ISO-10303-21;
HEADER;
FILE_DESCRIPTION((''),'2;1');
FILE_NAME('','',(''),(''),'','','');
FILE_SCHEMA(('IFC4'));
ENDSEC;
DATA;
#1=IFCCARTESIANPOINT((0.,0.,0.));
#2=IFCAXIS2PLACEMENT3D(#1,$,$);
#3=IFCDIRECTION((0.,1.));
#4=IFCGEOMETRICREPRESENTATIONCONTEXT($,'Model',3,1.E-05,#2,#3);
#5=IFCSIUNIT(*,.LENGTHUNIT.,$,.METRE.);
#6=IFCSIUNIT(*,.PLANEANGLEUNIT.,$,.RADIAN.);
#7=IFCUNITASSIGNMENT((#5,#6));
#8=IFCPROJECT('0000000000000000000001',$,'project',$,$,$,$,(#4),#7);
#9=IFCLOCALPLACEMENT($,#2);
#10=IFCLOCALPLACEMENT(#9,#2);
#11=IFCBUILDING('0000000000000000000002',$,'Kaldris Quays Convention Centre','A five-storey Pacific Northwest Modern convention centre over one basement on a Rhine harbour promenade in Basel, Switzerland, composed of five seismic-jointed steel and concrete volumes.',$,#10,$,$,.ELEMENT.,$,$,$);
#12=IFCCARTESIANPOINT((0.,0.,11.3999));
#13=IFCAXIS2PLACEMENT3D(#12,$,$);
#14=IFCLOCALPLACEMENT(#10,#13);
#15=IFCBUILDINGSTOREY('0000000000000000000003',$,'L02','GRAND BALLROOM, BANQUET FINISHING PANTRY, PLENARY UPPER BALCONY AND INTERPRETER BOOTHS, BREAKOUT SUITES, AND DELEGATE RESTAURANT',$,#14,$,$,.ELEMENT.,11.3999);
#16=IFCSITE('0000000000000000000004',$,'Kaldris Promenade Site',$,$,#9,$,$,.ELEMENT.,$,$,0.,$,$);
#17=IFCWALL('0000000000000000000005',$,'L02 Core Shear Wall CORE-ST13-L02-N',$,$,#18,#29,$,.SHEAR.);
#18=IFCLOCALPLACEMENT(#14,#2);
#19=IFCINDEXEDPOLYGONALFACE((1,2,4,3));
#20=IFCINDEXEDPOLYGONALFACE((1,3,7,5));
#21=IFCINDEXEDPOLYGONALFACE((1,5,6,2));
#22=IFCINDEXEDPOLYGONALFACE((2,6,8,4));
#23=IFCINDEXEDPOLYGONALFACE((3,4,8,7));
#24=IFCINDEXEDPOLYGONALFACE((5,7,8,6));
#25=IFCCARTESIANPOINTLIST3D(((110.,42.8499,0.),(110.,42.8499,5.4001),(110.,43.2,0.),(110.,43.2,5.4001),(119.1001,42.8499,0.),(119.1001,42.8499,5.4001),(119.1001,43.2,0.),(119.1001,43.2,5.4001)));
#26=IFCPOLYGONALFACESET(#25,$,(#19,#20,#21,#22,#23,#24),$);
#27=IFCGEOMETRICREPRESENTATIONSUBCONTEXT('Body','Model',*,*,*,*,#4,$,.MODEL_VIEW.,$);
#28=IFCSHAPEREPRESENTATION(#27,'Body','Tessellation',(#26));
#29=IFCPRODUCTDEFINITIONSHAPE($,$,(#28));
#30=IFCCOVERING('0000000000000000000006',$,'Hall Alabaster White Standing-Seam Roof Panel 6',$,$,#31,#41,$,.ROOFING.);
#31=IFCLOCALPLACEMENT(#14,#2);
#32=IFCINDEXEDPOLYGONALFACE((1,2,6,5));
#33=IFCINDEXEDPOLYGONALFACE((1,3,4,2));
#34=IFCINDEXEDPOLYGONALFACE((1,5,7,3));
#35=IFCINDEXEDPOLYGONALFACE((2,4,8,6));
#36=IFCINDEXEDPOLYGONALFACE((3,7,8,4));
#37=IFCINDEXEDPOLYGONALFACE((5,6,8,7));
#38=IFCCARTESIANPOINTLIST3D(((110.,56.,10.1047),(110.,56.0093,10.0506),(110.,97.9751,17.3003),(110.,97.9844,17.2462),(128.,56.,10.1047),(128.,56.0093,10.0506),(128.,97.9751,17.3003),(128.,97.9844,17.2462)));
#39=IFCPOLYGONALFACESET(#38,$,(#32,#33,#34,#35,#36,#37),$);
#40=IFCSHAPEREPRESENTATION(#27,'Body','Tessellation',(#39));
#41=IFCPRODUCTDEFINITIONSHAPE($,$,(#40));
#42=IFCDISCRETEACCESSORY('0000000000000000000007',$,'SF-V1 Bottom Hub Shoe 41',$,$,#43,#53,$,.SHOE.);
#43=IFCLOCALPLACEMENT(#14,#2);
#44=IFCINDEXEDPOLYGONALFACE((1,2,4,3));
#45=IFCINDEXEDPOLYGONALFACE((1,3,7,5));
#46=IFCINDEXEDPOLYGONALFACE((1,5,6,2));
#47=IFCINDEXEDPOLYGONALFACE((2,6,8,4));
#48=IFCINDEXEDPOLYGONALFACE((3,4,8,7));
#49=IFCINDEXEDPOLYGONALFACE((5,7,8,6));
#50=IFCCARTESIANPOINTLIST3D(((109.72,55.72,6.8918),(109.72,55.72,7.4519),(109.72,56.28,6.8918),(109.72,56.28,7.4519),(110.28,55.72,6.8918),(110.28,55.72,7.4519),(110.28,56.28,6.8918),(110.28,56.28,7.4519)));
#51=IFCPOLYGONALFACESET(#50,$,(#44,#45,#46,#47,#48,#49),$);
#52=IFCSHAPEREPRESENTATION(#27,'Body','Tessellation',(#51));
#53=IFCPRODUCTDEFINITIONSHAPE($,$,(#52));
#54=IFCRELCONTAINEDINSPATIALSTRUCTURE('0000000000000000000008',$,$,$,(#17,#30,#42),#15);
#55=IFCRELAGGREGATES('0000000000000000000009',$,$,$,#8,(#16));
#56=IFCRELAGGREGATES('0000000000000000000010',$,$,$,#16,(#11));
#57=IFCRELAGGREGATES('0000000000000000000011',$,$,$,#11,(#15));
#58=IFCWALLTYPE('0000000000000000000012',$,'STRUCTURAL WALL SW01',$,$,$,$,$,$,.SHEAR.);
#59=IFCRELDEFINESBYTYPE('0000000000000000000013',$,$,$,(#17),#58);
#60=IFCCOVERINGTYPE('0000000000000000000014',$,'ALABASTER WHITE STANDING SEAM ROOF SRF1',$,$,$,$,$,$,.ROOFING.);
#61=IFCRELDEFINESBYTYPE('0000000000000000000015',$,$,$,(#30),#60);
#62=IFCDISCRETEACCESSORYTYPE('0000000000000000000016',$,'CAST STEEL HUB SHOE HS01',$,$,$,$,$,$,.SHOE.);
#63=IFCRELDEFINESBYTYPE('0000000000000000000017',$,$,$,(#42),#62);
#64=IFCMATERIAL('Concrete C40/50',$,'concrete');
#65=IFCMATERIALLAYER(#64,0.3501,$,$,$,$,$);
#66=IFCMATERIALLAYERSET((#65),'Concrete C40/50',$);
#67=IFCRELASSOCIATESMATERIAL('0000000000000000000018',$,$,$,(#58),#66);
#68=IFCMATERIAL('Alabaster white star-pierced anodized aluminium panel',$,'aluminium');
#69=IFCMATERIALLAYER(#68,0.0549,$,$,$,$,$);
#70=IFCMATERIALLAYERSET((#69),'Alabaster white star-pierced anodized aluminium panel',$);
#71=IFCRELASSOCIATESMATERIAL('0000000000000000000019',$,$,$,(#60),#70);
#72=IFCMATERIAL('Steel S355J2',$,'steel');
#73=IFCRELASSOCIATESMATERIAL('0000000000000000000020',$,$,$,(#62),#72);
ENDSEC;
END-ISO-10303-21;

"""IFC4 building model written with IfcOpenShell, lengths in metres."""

from ifc_helpers import new_model, si_unit, direction, frame, frame_2d, origin, origin_2d, place, context, subcontext, project, spatial, polyline, rectangle, outline, extrude, material, layer, layer_set, type_object, element, save


model = new_model("IFC4")

# Units and contexts
model_context = context("Model", 3, precision=1e-05, world=origin(), true_north=direction((0.0, 1.0)))
body_context = subcontext(model_context, "Body", "Model", "MODEL_VIEW")
ifc_project = project(units=[si_unit("LENGTHUNIT", "METRE"), si_unit("PLANEANGLEUNIT", "RADIAN")], contexts=[model_context])

# Site, building, storey
site_placement = place(None, origin())
site = spatial("IfcSite", under=ifc_project, at=site_placement, Name="Kaldris Promenade Site", CompositionType="ELEMENT", RefElevation=0.0)
building_placement = place(site_placement, origin())
building = spatial("IfcBuilding", under=site, at=building_placement, Name="Kaldris Quays Convention Centre", Description="A five-storey Pacific Northwest Modern convention centre over one basement on a Rhine harbour promenade in Basel, Switzerland, composed of five seismic-jointed steel and concrete volumes.", CompositionType="ELEMENT")
storey_placement = place(building_placement, frame((0.0, 0.0, 11.3999)))
storey = spatial("IfcBuildingStorey", under=building, at=storey_placement, Name="L02", Description="GRAND BALLROOM, BANQUET FINISHING PANTRY, PLENARY UPPER BALCONY AND INTERPRETER BOOTHS, BREAKOUT SUITES, AND DELEGATE RESTAURANT", CompositionType="ELEMENT", Elevation=11.3999)

# Shared definitions
ifc_material_1 = material(Name="Steel S355J2", Category="steel")

# Wall
ifc_material_2 = material(Name="Concrete C40/50", Category="concrete")
ifc_layer_1 = layer(ifc_material_2, 0.3501)
ifc_layer_set_1 = layer_set([ifc_layer_1], Name="Concrete C40/50")
wall_type_1 = type_object("IfcWallType", Name="STRUCTURAL WALL SW01", PredefinedType="SHEAR", material=ifc_layer_set_1)
wall_1_placement = place(storey_placement, frame((110.0, 43.0249, 0.0), z_axis=(0.0, 0.0, 1.0), x_axis=(1.0, 0.0, 0.0)))
element("IfcWall", 1, at=wall_1_placement, inside=storey, type_object=wall_type_1, Name="L02 Core Shear Wall CORE-ST13-L02-N", PredefinedType="SHEAR", context=body_context, shape_type="SweptSolid", body=[
    extrude(rectangle(XDim=9.1001, YDim=0.3501, at=frame_2d((4.55, 0.0))), origin(), (0.0, 0.0, 1.0), 5.4001),
])

# Covering
ifc_material_3 = material(Name="Alabaster white star-pierced anodized aluminium panel", Category="aluminium")
ifc_layer_2 = layer(ifc_material_3, 0.0549)
ifc_layer_set_2 = layer_set([ifc_layer_2], Name="Alabaster white star-pierced anodized aluminium panel")
covering_type = type_object("IfcCoveringType", Name="ALABASTER WHITE STANDING SEAM ROOF SRF1", PredefinedType="ROOFING", material=ifc_layer_set_2)
covering_placement = place(storey_placement, frame((110.0, 56.0, 10.1047), z_axis=(0.0, -0.16896, 0.985623), x_axis=(1.0, 0.0, 0.0)))
element("IfcCovering", 2, at=covering_placement, inside=storey, type_object=covering_type, Name="Hall Alabaster White Standing-Seam Roof Panel 6", PredefinedType="ROOFING", context=body_context, shape_type="SweptSolid", body=[
    extrude(outline(polyline([(0.0, 0.0), (18.0, 0.0), (18.0, 42.5874), (0.0, 42.5874), (0.0, 0.0)])), origin(), (0.0, 0.0, -1.0), 0.0549),
])

# Discrete accessory
discrete_accessory_type = type_object("IfcDiscreteAccessoryType", Name="CAST STEEL HUB SHOE HS01", PredefinedType="SHOE", material=ifc_material_1)
discrete_accessory_placement = place(storey_placement, frame((110.0, 56.0, 6.8918), z_axis=(0.0, 0.0, 1.0), x_axis=(1.0, 0.0, 0.0)))
element("IfcDiscreteAccessory", 3, at=discrete_accessory_placement, inside=storey, type_object=discrete_accessory_type, Name="SF-V1 Bottom Hub Shoe 41", PredefinedType="SHOE", context=body_context, shape_type="SweptSolid", body=[
    extrude(rectangle(XDim=0.5601, YDim=0.5601, at=origin_2d()), origin(), (0.0, 0.0, 1.0), 0.5601),
])

save(model, "model.ifc")
